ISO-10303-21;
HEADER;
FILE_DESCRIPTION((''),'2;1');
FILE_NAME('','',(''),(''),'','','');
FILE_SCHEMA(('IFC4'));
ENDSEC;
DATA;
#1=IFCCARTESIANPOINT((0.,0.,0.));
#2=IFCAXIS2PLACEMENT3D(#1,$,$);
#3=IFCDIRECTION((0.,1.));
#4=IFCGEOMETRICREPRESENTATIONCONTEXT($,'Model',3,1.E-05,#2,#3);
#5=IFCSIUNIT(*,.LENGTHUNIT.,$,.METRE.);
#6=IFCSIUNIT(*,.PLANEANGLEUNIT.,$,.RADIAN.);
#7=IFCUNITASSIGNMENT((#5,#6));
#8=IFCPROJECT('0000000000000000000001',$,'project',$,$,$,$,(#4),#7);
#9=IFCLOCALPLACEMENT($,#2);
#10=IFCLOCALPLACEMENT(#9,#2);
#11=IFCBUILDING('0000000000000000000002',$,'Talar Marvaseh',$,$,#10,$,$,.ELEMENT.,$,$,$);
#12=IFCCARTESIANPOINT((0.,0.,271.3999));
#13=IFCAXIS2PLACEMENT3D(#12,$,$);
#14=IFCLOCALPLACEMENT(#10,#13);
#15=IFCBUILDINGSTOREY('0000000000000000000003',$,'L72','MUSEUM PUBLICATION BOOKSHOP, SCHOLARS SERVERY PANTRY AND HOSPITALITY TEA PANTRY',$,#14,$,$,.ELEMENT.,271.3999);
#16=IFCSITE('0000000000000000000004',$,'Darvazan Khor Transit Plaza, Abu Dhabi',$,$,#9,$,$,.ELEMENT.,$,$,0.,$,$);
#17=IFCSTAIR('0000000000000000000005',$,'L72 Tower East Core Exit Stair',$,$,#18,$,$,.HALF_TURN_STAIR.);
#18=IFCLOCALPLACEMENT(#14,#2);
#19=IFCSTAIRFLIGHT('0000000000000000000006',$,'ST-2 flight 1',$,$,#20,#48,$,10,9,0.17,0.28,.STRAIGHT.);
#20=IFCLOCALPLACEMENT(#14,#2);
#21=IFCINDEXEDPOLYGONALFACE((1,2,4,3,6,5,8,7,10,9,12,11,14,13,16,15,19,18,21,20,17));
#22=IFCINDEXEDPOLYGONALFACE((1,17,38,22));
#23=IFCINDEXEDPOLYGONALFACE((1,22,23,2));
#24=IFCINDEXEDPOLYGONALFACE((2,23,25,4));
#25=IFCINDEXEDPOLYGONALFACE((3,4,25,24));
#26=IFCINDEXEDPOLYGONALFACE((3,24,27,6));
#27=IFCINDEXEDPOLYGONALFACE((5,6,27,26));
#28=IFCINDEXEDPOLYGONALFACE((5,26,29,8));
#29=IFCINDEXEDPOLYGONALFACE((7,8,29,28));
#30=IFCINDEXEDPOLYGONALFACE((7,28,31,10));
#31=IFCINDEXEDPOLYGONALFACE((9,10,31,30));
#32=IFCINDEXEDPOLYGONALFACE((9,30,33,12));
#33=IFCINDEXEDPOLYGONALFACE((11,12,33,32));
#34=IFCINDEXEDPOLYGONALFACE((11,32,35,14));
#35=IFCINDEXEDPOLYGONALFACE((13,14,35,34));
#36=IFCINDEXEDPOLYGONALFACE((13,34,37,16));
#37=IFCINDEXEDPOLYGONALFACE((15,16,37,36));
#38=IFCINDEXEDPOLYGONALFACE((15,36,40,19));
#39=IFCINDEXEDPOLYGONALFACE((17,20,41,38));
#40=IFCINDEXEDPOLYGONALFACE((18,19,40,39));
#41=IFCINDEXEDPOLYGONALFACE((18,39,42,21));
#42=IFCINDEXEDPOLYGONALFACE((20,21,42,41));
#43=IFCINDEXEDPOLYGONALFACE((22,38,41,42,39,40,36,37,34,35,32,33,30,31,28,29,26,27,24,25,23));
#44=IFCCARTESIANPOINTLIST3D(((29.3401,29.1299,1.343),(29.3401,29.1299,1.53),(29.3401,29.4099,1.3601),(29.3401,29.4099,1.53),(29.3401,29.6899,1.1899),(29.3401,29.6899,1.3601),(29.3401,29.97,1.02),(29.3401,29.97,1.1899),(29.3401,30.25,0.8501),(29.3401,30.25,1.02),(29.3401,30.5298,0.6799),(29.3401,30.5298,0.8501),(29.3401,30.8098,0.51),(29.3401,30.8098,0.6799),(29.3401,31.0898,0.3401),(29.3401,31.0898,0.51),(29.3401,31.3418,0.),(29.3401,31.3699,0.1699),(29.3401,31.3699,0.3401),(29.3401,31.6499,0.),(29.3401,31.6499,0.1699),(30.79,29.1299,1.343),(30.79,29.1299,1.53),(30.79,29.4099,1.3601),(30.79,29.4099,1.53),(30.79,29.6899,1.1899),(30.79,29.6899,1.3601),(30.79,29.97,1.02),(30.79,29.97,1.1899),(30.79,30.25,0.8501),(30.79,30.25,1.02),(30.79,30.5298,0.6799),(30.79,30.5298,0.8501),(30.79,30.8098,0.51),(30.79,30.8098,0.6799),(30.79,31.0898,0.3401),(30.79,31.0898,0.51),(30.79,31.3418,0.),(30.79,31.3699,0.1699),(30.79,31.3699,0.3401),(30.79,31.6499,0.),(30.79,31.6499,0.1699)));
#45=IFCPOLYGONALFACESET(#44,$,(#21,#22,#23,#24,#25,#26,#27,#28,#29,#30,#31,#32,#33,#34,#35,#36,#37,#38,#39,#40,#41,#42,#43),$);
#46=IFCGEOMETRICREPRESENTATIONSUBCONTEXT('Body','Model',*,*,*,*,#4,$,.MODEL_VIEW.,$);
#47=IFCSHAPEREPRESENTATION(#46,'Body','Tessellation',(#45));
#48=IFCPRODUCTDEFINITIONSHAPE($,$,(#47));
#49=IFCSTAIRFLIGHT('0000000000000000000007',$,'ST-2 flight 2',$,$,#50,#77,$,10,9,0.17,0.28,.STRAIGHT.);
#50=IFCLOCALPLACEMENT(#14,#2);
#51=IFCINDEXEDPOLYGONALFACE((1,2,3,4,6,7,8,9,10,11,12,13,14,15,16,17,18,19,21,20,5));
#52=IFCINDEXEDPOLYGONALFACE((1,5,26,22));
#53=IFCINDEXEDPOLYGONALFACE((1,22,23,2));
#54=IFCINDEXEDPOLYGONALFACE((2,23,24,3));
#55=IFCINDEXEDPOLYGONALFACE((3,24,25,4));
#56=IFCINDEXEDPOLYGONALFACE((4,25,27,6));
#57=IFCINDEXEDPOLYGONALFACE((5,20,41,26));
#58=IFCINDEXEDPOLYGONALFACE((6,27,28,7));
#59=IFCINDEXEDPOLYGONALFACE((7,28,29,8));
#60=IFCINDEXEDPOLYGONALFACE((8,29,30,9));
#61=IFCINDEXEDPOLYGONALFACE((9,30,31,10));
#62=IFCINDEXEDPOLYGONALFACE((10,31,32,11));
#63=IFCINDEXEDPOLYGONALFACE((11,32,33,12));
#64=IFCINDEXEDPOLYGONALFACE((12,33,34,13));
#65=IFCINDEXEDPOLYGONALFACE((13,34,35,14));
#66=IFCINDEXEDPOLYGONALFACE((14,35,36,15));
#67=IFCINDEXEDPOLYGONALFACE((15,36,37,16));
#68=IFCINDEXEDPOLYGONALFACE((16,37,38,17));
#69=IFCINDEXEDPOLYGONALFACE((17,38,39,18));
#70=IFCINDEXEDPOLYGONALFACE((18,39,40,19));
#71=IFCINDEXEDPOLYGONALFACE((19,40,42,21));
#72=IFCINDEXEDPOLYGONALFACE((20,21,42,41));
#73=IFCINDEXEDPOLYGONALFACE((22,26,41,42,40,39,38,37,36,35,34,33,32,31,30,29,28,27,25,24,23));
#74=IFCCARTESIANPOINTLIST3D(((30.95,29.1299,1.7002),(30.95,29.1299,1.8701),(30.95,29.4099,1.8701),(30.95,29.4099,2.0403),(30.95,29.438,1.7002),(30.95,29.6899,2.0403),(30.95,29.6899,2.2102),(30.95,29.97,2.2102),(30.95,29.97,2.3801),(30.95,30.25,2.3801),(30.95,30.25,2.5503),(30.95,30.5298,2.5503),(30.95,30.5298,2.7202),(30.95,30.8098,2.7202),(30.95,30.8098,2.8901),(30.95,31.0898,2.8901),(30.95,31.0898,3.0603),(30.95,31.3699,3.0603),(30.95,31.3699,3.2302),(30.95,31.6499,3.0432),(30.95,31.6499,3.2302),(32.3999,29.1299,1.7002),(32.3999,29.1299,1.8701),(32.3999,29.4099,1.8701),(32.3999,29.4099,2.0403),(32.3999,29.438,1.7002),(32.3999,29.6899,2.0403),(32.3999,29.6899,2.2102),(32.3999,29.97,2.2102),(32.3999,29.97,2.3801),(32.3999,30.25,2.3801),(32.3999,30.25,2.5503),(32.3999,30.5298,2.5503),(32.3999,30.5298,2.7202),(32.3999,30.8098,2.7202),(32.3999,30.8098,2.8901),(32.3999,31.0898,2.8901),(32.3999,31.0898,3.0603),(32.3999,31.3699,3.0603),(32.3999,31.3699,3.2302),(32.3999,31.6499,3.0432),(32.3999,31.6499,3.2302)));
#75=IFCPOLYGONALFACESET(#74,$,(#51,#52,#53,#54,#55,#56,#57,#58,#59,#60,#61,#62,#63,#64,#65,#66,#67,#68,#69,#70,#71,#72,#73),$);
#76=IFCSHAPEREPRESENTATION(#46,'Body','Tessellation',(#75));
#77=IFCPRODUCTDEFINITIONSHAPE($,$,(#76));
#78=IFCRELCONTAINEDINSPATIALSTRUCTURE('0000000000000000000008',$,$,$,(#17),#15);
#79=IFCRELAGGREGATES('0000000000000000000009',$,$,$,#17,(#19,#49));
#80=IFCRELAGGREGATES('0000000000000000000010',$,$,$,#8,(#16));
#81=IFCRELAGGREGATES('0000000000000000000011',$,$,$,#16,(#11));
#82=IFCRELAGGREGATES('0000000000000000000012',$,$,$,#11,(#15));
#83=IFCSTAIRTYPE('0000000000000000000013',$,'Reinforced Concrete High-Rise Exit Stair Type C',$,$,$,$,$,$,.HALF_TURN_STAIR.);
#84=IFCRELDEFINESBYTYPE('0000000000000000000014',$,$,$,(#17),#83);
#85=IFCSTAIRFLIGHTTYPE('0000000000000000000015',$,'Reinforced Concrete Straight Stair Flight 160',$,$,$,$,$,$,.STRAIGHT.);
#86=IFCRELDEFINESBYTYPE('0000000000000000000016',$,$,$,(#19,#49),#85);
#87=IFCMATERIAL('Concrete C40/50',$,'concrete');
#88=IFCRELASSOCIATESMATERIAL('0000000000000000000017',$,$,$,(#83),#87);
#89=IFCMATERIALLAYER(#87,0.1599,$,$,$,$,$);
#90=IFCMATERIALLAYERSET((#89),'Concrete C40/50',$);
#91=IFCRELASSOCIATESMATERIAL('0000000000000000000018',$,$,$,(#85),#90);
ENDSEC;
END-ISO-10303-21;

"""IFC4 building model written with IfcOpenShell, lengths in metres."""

from ifc_helpers import new_model, si_unit, direction, frame, origin, place, context, subcontext, project, spatial, polyline, outline, extrude, material, layer, layer_set, type_object, element, aggregate, save


model = new_model("IFC4")

# Units and contexts
model_context = context("Model", 3, precision=1e-05, world=origin(), true_north=direction((0.0, 1.0)))
body_context = subcontext(model_context, "Body", "Model", "MODEL_VIEW")
ifc_project = project(units=[si_unit("LENGTHUNIT", "METRE"), si_unit("PLANEANGLEUNIT", "RADIAN")], contexts=[model_context])

# Site, building, storey
site_placement = place(None, origin())
site = spatial("IfcSite", under=ifc_project, at=site_placement, Name="Darvazan Khor Transit Plaza, Abu Dhabi", CompositionType="ELEMENT", RefElevation=0.0)
building_placement = place(site_placement, origin())
building = spatial("IfcBuilding", under=site, at=building_placement, Name="Talar Marvaseh", CompositionType="ELEMENT")
storey_placement = place(building_placement, frame((0.0, 0.0, 271.3999)))
storey = spatial("IfcBuildingStorey", under=building, at=storey_placement, Name="L72", Description="MUSEUM PUBLICATION BOOKSHOP, SCHOLARS SERVERY PANTRY AND HOSPITALITY TEA PANTRY", CompositionType="ELEMENT", Elevation=271.3999)

# Shared definitions
ifc_material_1 = material(Name="Concrete C40/50", Category="concrete")

# Stair, stair flights
stair_type = type_object("IfcStairType", Name="Reinforced Concrete High-Rise Exit Stair Type C", PredefinedType="HALF_TURN_STAIR", material=ifc_material_1)
stair_placement = place(storey_placement, origin())
stair = element("IfcStair", 1, at=stair_placement, inside=storey, type_object=stair_type, Name="L72 Tower East Core Exit Stair", PredefinedType="HALF_TURN_STAIR")
ifc_layer_1 = layer(ifc_material_1, 0.1599)
ifc_layer_set_1 = layer_set([ifc_layer_1], Name="Concrete C40/50")
stair_flight_type = type_object("IfcStairFlightType", Name="Reinforced Concrete Straight Stair Flight 160", PredefinedType="STRAIGHT", material=ifc_layer_set_1)
stair_flight_1_placement = place(storey_placement, frame((30.0649, 31.6499, 0.0), z_axis=(0.0, 0.0, 1.0), x_axis=(0.0, -1.0, 0.0)))
stair_flight_1 = element("IfcStairFlight", 2, at=stair_flight_1_placement, type_object=stair_flight_type, Name="ST-2 flight 1", NumberOfRisers=10, NumberOfTreads=9, PredefinedType="STRAIGHT", RiserHeight=0.17, TreadLength=0.28, context=body_context, shape_type="SweptSolid", body=[
    extrude(outline(polyline([(0.0, 0.0), (0.0, 0.1699), (0.28, 0.1699), (0.28, 0.3401), (0.5601, 0.3401), (0.5601, 0.51), (0.8401, 0.51), (0.8401, 0.6799), (1.1201, 0.6799), (1.1201, 0.8501), (1.3999, 0.8501), (1.3999, 1.02), (1.6799, 1.02), (1.6799, 1.1899), (1.96, 1.1899), (1.96, 1.3601), (2.24, 1.3601), (2.24, 1.53), (2.52, 1.53), (2.52, 1.7), (2.52, 1.343), (0.3081, 0.0), (0.0, 0.0)])), frame((0.0, 0.7251, 0.0), z_axis=(0.0, -1.0, 0.0), x_axis=(1.0, 0.0, 0.0)), (0.0, 0.0, 1.0), 1.45),
])
stair_flight_2_placement = place(storey_placement, frame((31.675, 29.1299, 1.7002), z_axis=(0.0, 0.0, 1.0), x_axis=(0.0, 1.0, 0.0)))
stair_flight_2 = element("IfcStairFlight", 3, at=stair_flight_2_placement, type_object=stair_flight_type, Name="ST-2 flight 2", NumberOfRisers=10, NumberOfTreads=9, PredefinedType="STRAIGHT", RiserHeight=0.17, TreadLength=0.28, context=body_context, shape_type="SweptSolid", body=[
    extrude(outline(polyline([(0.0, 0.0), (0.0, 0.1699), (0.28, 0.1699), (0.28, 0.3401), (0.5601, 0.3401), (0.5601, 0.51), (0.8401, 0.51), (0.8401, 0.6799), (1.1201, 0.6799), (1.1201, 0.8501), (1.3999, 0.8501), (1.3999, 1.02), (1.6799, 1.02), (1.6799, 1.1899), (1.96, 1.1899), (1.96, 1.3601), (2.24, 1.3601), (2.24, 1.53), (2.52, 1.53), (2.52, 1.7), (2.52, 1.343), (0.3081, 0.0), (0.0, 0.0)])), frame((0.0, 0.7251, 0.0), z_axis=(0.0, -1.0, 0.0), x_axis=(1.0, 0.0, 0.0)), (0.0, 0.0, 1.0), 1.45),
])
aggregate(stair, [stair_flight_1, stair_flight_2])

save(model, "model.ifc")
